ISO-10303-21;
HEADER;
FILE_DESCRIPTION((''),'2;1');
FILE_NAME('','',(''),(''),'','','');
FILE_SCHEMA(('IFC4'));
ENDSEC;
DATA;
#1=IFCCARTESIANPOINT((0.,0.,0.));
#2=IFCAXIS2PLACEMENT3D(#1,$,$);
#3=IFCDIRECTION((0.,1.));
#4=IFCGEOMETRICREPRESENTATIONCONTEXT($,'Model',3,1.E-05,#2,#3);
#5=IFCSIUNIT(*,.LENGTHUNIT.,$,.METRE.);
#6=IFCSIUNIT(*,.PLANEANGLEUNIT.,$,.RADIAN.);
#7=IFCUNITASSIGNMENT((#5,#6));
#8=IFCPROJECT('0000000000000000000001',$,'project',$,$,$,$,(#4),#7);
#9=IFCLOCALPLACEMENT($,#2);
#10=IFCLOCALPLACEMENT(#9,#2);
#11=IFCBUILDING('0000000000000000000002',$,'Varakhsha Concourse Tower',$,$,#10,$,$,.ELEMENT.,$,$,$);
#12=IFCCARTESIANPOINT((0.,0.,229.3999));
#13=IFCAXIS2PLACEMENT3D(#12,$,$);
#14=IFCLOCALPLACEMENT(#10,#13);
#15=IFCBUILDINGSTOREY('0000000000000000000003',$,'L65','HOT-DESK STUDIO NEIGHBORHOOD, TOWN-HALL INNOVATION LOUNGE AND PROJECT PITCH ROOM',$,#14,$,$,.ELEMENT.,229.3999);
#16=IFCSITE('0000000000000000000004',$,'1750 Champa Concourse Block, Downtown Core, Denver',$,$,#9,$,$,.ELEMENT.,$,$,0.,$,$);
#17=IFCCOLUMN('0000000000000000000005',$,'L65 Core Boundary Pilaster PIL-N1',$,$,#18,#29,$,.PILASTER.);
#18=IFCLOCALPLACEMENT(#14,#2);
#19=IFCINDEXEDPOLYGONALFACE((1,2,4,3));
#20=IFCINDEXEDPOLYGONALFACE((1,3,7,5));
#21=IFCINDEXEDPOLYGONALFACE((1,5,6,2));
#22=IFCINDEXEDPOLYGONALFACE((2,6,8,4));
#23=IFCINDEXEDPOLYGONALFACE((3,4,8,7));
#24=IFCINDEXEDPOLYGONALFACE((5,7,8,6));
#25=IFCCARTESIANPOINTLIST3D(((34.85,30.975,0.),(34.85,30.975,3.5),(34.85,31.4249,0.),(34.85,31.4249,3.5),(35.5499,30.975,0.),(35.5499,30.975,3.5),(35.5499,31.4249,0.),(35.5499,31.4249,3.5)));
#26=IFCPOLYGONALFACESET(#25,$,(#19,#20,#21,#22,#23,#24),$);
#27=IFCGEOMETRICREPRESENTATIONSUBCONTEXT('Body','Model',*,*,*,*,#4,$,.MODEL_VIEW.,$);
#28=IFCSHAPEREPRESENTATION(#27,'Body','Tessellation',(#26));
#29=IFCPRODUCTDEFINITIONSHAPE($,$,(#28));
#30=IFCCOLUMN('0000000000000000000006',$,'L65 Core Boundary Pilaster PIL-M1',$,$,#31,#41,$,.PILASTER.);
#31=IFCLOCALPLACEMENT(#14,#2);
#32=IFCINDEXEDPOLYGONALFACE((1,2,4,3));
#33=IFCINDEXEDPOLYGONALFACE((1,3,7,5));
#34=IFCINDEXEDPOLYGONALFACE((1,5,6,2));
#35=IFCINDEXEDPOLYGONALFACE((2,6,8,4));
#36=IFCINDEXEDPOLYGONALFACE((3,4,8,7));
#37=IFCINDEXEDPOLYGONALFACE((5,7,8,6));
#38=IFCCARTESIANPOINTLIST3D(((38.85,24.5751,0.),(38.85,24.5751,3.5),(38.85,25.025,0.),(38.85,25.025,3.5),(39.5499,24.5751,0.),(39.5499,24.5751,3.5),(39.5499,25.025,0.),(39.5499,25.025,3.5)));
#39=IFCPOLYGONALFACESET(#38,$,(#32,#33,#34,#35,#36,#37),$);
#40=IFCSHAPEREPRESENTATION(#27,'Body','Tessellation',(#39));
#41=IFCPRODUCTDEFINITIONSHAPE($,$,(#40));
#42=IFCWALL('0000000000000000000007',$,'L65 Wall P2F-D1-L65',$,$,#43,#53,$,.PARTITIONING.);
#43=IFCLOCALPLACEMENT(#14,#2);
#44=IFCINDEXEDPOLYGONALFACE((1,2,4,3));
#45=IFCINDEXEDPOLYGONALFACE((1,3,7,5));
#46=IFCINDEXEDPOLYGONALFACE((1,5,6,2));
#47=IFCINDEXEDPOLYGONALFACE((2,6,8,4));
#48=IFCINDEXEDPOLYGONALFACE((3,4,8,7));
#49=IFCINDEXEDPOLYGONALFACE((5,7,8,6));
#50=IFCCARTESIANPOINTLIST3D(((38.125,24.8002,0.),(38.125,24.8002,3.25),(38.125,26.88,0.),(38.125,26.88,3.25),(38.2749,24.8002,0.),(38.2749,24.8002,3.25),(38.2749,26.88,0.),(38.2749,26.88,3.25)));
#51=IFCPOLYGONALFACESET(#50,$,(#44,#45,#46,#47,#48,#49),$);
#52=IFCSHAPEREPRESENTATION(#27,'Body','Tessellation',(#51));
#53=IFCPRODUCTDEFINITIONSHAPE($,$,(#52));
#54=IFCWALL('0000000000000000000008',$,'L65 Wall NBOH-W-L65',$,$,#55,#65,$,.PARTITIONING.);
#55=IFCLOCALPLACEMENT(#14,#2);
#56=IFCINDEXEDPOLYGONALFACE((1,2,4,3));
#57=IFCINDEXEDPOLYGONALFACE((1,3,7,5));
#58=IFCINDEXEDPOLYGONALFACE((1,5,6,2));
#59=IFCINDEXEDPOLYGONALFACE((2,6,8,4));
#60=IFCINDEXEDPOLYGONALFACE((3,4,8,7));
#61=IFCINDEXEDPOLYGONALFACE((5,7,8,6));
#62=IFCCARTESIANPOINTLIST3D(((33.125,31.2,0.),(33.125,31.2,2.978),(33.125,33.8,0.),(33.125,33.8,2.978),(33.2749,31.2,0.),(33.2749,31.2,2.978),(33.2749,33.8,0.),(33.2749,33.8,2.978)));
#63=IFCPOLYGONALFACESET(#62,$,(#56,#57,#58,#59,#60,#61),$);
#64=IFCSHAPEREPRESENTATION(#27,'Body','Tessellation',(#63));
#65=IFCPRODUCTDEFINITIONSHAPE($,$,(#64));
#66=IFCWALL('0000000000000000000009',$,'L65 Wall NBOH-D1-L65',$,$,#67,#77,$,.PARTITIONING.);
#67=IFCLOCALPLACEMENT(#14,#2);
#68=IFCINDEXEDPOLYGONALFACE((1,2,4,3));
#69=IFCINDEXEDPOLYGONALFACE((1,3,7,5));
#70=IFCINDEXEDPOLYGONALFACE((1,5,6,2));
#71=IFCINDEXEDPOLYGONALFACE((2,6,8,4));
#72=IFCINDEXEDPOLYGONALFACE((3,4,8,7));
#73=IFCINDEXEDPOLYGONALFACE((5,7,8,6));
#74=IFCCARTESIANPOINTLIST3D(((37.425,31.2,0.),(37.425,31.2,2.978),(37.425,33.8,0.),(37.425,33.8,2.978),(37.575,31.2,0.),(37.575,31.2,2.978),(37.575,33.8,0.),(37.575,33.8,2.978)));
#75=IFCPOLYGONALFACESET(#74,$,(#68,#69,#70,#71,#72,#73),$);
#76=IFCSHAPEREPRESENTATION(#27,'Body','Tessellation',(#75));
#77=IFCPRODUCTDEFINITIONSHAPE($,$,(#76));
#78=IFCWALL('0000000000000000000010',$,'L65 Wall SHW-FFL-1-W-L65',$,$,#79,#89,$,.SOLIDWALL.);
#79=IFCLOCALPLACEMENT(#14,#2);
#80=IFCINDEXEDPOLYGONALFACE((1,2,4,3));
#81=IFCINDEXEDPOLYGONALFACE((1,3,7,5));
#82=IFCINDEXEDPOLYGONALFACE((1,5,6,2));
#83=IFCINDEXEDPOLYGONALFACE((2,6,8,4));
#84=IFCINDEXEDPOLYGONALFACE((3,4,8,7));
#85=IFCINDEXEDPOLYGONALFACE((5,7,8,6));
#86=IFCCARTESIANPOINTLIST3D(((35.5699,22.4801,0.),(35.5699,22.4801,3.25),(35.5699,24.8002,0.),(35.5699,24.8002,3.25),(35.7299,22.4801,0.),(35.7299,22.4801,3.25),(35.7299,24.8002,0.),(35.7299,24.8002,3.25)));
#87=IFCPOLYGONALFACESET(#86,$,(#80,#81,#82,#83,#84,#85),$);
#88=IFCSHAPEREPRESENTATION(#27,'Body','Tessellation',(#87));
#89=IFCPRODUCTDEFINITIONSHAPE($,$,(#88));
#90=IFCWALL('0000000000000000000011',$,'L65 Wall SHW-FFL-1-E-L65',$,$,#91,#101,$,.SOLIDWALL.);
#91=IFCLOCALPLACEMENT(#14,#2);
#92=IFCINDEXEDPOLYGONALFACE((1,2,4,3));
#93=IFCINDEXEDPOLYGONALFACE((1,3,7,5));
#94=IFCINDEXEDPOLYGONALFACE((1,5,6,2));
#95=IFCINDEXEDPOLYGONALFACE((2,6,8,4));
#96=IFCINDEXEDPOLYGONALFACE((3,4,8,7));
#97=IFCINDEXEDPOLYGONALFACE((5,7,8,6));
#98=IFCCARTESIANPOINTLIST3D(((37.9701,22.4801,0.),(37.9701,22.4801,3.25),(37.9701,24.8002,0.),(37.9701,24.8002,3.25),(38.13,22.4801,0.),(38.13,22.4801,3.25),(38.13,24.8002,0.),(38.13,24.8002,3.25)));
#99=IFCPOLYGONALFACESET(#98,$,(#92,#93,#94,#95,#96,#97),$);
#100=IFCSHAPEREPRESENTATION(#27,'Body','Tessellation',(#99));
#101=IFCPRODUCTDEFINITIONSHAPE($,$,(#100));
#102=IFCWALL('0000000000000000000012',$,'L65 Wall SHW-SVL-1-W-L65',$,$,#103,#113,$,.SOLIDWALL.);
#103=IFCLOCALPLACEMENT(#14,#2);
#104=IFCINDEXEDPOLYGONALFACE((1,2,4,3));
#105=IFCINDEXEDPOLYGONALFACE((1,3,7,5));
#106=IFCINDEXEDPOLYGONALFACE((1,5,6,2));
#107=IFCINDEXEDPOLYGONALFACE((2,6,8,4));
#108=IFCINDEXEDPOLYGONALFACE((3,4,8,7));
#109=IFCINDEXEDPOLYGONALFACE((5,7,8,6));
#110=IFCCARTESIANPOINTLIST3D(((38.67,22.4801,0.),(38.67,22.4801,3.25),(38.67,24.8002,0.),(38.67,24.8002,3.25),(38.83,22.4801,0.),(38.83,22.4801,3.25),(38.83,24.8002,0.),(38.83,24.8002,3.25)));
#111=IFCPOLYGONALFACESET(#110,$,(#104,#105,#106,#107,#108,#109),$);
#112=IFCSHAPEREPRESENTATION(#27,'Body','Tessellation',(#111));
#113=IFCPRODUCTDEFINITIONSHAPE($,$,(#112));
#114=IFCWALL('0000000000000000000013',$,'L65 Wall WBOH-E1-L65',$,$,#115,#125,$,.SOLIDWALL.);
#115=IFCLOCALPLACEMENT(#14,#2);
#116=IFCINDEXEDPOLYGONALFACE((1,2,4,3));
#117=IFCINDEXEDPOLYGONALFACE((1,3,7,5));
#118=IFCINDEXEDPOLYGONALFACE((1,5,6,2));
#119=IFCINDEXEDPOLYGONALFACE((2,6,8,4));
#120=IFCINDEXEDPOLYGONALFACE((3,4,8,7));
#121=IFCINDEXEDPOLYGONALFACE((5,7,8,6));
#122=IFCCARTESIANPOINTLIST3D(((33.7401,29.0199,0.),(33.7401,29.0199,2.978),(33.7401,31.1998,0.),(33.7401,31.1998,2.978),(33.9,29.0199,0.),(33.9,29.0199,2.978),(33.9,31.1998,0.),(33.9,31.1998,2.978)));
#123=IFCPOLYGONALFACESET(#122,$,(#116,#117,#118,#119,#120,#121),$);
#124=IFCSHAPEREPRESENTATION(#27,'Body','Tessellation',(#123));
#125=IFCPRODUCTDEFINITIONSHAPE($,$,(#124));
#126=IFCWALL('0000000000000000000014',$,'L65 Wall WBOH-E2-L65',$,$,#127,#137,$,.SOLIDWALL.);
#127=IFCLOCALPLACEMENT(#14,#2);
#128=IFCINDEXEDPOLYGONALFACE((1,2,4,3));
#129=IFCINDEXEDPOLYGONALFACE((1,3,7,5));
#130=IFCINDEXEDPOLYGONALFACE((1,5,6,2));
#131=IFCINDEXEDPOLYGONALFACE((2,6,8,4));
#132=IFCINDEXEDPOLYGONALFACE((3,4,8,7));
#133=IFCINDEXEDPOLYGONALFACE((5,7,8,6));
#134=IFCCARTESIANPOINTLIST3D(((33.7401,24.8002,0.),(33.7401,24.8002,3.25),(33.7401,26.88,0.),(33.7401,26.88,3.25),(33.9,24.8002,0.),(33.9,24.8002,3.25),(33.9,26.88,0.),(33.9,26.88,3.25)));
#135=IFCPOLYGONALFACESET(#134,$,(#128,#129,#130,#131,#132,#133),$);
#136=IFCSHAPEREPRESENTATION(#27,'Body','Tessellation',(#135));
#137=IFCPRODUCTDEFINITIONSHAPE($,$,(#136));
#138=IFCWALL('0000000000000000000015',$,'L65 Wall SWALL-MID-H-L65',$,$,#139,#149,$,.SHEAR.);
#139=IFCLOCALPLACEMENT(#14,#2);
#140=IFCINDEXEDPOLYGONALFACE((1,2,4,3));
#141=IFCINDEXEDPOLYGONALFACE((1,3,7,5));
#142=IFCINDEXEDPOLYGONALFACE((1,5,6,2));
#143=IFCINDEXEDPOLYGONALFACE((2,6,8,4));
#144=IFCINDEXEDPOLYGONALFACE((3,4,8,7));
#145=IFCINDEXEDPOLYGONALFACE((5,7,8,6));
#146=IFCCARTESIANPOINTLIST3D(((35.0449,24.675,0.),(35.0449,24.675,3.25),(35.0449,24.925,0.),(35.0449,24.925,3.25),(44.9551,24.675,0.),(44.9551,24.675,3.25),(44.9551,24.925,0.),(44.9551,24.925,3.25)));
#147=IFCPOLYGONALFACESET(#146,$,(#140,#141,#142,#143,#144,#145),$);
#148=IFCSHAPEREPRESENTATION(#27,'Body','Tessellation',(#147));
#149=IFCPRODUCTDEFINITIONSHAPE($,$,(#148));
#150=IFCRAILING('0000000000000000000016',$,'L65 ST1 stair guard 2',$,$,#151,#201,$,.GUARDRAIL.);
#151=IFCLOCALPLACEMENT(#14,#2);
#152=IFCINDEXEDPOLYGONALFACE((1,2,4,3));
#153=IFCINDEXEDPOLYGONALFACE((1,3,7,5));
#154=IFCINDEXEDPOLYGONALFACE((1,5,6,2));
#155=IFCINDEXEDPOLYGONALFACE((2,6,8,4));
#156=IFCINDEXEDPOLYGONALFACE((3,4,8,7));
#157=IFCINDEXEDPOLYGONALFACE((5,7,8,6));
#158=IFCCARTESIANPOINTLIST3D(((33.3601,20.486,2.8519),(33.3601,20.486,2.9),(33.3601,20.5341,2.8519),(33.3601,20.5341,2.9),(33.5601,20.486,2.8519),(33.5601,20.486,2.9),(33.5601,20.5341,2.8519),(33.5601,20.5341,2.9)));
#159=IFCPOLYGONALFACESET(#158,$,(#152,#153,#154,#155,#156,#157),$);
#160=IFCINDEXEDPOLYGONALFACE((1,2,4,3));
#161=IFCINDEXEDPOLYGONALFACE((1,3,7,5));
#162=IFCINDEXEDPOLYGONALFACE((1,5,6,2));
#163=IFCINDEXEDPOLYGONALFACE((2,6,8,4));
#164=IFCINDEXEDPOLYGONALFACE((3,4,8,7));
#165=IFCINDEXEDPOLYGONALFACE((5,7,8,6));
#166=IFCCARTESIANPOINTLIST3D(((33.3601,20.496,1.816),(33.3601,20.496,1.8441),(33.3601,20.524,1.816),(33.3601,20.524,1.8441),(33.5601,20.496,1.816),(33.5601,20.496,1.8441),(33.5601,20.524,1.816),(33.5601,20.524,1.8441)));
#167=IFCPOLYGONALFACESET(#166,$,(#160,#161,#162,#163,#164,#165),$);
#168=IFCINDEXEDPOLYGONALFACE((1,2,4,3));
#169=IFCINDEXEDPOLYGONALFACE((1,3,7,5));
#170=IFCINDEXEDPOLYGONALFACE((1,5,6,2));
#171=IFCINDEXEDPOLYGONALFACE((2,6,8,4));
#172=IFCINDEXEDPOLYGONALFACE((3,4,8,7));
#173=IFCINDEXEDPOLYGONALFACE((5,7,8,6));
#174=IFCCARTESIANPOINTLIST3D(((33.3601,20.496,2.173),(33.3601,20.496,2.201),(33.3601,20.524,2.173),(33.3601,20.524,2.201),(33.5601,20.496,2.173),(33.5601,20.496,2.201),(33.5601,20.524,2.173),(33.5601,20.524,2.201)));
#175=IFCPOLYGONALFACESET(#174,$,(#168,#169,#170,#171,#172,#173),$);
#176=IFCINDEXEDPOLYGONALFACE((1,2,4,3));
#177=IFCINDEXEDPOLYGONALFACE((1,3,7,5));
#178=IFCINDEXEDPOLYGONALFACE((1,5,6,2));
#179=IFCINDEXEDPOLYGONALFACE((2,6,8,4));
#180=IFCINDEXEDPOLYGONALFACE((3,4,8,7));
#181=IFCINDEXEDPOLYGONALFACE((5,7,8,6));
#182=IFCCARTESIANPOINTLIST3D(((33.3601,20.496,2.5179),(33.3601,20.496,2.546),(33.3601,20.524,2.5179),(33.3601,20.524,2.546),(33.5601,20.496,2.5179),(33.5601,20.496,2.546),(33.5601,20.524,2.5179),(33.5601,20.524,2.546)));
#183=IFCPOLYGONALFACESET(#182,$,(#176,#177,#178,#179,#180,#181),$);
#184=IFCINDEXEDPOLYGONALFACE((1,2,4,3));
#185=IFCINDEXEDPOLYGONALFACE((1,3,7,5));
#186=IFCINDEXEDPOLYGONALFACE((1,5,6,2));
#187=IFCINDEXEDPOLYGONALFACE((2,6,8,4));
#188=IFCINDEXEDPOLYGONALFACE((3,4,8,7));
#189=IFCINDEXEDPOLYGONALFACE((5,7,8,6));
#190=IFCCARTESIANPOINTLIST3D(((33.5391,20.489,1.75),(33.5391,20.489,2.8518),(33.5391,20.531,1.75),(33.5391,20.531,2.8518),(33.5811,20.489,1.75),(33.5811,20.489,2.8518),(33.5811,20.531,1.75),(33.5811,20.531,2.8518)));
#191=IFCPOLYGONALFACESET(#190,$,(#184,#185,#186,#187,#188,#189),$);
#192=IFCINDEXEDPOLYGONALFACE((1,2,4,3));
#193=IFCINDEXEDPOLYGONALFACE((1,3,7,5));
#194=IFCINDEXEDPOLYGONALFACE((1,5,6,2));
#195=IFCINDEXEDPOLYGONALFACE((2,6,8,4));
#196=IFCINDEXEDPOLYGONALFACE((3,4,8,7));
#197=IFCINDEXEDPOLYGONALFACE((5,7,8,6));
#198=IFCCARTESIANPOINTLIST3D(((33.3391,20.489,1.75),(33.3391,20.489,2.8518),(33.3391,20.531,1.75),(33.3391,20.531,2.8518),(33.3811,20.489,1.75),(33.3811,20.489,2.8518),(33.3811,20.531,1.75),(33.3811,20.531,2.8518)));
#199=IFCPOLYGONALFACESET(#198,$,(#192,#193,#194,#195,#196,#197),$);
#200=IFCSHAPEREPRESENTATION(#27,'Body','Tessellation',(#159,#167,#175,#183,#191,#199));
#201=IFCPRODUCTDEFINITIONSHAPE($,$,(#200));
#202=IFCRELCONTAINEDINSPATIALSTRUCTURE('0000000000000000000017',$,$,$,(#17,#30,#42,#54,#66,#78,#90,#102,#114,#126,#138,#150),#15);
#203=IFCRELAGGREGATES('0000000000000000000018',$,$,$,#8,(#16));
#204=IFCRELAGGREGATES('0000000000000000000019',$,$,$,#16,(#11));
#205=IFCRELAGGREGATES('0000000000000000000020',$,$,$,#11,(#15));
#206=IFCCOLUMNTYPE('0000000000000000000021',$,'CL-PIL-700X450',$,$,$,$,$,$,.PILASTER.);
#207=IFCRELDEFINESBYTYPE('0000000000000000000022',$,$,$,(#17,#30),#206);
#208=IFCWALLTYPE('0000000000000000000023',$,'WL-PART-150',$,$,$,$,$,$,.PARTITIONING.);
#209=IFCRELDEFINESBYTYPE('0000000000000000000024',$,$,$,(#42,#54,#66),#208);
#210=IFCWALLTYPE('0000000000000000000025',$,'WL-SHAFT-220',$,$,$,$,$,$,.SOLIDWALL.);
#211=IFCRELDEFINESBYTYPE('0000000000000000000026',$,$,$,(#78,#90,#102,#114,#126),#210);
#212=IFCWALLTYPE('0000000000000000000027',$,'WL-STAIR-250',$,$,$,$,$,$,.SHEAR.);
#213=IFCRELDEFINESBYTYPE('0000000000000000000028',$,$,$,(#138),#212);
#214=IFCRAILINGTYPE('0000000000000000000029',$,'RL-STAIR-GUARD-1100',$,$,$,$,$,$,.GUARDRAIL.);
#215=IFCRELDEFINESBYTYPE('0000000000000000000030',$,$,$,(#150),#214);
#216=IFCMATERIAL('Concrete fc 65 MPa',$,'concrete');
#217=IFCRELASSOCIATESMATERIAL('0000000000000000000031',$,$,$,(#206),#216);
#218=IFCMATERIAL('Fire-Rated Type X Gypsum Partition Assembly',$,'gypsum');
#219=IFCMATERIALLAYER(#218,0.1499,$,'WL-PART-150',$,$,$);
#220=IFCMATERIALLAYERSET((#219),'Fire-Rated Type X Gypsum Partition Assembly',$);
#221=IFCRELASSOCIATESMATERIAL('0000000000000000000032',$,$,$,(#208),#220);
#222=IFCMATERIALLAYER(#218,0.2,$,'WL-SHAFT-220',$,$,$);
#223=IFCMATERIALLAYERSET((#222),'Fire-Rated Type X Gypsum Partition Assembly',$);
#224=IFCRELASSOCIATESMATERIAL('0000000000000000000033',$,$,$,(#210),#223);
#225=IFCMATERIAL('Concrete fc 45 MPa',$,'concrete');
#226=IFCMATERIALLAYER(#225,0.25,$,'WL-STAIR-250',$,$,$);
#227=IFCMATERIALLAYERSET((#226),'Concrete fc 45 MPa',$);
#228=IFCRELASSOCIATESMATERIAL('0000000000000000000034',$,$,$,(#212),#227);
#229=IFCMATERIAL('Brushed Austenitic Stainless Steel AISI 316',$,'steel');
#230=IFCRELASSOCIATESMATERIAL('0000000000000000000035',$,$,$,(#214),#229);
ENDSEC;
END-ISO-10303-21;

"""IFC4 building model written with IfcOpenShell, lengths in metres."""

from ifc_helpers import new_model, si_unit, direction, frame, frame_2d, origin, origin_2d, place, context, subcontext, project, spatial, rectangle, extrude, material, layer, layer_set, material_profile, profile_set, type_object, element, save


model = new_model("IFC4")

# Units and contexts
model_context = context("Model", 3, precision=1e-05, world=origin(), true_north=direction((0.0, 1.0)))
body_context = subcontext(model_context, "Body", "Model", "MODEL_VIEW")
ifc_project = project(units=[si_unit("LENGTHUNIT", "METRE"), si_unit("PLANEANGLEUNIT", "RADIAN")], contexts=[model_context])

# Site, building, storey
site_placement = place(None, origin())
site = spatial("IfcSite", under=ifc_project, at=site_placement, Name="1750 Champa Concourse Block, Downtown Core, Denver", CompositionType="ELEMENT", RefElevation=0.0)
building_placement = place(site_placement, origin())
building = spatial("IfcBuilding", under=site, at=building_placement, Name="Varakhsha Concourse Tower", CompositionType="ELEMENT")
storey_placement = place(building_placement, frame((0.0, 0.0, 229.3999)))
storey = spatial("IfcBuildingStorey", under=building, at=storey_placement, Name="L65", Description="HOT-DESK STUDIO NEIGHBORHOOD, TOWN-HALL INNOVATION LOUNGE AND PROJECT PITCH ROOM", CompositionType="ELEMENT", Elevation=229.3999)

# Columns
ifc_material_1 = material(Name="Concrete fc 65 MPa", Category="concrete")
ifc_material_profile = material_profile(ifc_material_1, rectangle(XDim=0.7, YDim=0.45, at=origin_2d()), Name="RC 700x450")
ifc_profile_set = profile_set([ifc_material_profile], Name="Concrete fc 65 MPa")
column_type = type_object("IfcColumnType", Name="CL-PIL-700X450", PredefinedType="PILASTER", material=ifc_profile_set)
for number, where, z_axis, x_axis, name in (
    (1, (35.2, 31.2, 0.0), (0.0, 0.0, 1.0), (1.0, 0.0, 0.0), "L65 Core Boundary Pilaster PIL-N1"),
    (2, (39.2, 24.8, 0.0), (0.0, 0.0, 1.0), (1.0, 0.0, 0.0), "L65 Core Boundary Pilaster PIL-M1"),
):
    element("IfcColumn", number, at=place(storey_placement, frame(where, z_axis=z_axis, x_axis=x_axis)), inside=storey, type_object=column_type, Name=name, PredefinedType="PILASTER", context=body_context, shape_type="SweptSolid", body=[
        extrude(rectangle(XDim=0.7, YDim=0.45, at=origin_2d()), origin(), (0.0, 0.0, 1.0), 3.5),
    ])

# Walls
ifc_material_2 = material(Name="Fire-Rated Type X Gypsum Partition Assembly", Category="gypsum")
ifc_layer_1 = layer(ifc_material_2, 0.1499, Name="WL-PART-150")
ifc_layer_set_1 = layer_set([ifc_layer_1], Name="Fire-Rated Type X Gypsum Partition Assembly")
wall_type_1 = type_object("IfcWallType", Name="WL-PART-150", PredefinedType="PARTITIONING", material=ifc_layer_set_1)
wall_1_placement = place(storey_placement, frame((38.2, 24.8, 0.0), z_axis=(0.0, 0.0, 1.0), x_axis=(0.0, 1.0, 0.0)))
element("IfcWall", 3, at=wall_1_placement, inside=storey, type_object=wall_type_1, Name="L65 Wall P2F-D1-L65", PredefinedType="PARTITIONING", context=body_context, shape_type="SweptSolid", body=[
    extrude(rectangle(XDim=2.0798, YDim=0.1499, at=frame_2d((1.04, 0.0))), origin(), (0.0, 0.0, 1.0), 3.25),
])
for number, where, z_axis, x_axis, name in (
    (4, (33.2, 31.2, 0.0), (0.0, 0.0, 1.0), (0.0, 1.0, 0.0), "L65 Wall NBOH-W-L65"),
    (5, (37.5, 31.2, 0.0), (0.0, 0.0, 1.0), (0.0, 1.0, 0.0), "L65 Wall NBOH-D1-L65"),
):
    element("IfcWall", number, at=place(storey_placement, frame(where, z_axis=z_axis, x_axis=x_axis)), inside=storey, type_object=wall_type_1, Name=name, PredefinedType="PARTITIONING", context=body_context, shape_type="SweptSolid", body=[
        extrude(rectangle(XDim=2.6001, YDim=0.1499, at=frame_2d((1.3, 0.0))), origin(), (0.0, 0.0, 1.0), 2.978),
    ])

# Shared definitions
ifc_layer_2 = layer(ifc_material_2, 0.2, Name="WL-SHAFT-220")
ifc_layer_set_2 = layer_set([ifc_layer_2], Name="Fire-Rated Type X Gypsum Partition Assembly")
wall_type_2 = type_object("IfcWallType", Name="WL-SHAFT-220", PredefinedType="SOLIDWALL", material=ifc_layer_set_2)
ifc_material_3 = material(Name="Brushed Austenitic Stainless Steel AISI 316", Category="steel")

# Walls
for number, where, z_axis, x_axis, name in (
    (6, (35.6499, 22.48, 0.0), (0.0, 0.0, 1.0), (0.0, 1.0, 0.0), "L65 Wall SHW-FFL-1-W-L65"),
    (7, (38.05, 22.48, 0.0), (0.0, 0.0, 1.0), (0.0, 1.0, 0.0), "L65 Wall SHW-FFL-1-E-L65"),
    (8, (38.75, 22.48, 0.0), (0.0, 0.0, 1.0), (0.0, 1.0, 0.0), "L65 Wall SHW-SVL-1-W-L65"),
):
    element("IfcWall", number, at=place(storey_placement, frame(where, z_axis=z_axis, x_axis=x_axis)), inside=storey, type_object=wall_type_2, Name=name, PredefinedType="SOLIDWALL", context=body_context, shape_type="SweptSolid", body=[
        extrude(rectangle(XDim=2.3201, YDim=0.1599, at=frame_2d((1.1602, 0.0))), origin(), (0.0, 0.0, 1.0), 3.25),
    ])

# Walls
wall_2_placement = place(storey_placement, frame((33.8201, 29.02, 0.0), z_axis=(0.0, 0.0, 1.0), x_axis=(0.0, 1.0, 0.0)))
element("IfcWall", 9, at=wall_2_placement, inside=storey, type_object=wall_type_2, Name="L65 Wall WBOH-E1-L65", PredefinedType="SOLIDWALL", context=body_context, shape_type="SweptSolid", body=[
    extrude(rectangle(XDim=2.1799, YDim=0.1599, at=frame_2d((1.0898, 0.0))), origin(), (0.0, 0.0, 1.0), 2.978),
])
wall_3_placement = place(storey_placement, frame((33.8201, 24.8, 0.0), z_axis=(0.0, 0.0, 1.0), x_axis=(0.0, 1.0, 0.0)))
element("IfcWall", 10, at=wall_3_placement, inside=storey, type_object=wall_type_2, Name="L65 Wall WBOH-E2-L65", PredefinedType="SOLIDWALL", context=body_context, shape_type="SweptSolid", body=[
    extrude(rectangle(XDim=2.0798, YDim=0.1599, at=frame_2d((1.04, 0.0))), origin(), (0.0, 0.0, 1.0), 3.25),
])
ifc_material_4 = material(Name="Concrete fc 45 MPa", Category="concrete")
ifc_layer_3 = layer(ifc_material_4, 0.25, Name="WL-STAIR-250")
ifc_layer_set_3 = layer_set([ifc_layer_3], Name="Concrete fc 45 MPa")
wall_type_3 = type_object("IfcWallType", Name="WL-STAIR-250", PredefinedType="SHEAR", material=ifc_layer_set_3)
wall_4_placement = place(storey_placement, frame((35.0449, 24.8, 0.0), z_axis=(0.0, 0.0, 1.0), x_axis=(1.0, 0.0, 0.0)))
element("IfcWall", 11, at=wall_4_placement, inside=storey, type_object=wall_type_3, Name="L65 Wall SWALL-MID-H-L65", PredefinedType="SHEAR", context=body_context, shape_type="SweptSolid", body=[
    extrude(rectangle(XDim=9.9102, YDim=0.25, at=frame_2d((4.9551, 0.0))), origin(), (0.0, 0.0, 1.0), 3.25),
])

# Railing
railing_type = type_object("IfcRailingType", Name="RL-STAIR-GUARD-1100", PredefinedType="GUARDRAIL", material=ifc_material_3)
railing_1_placement = place(storey_placement, frame((33.5601, 20.51, 1.75)))
element("IfcRailing", 12, at=railing_1_placement, inside=storey, type_object=railing_type, Name="L65 ST1 stair guard 2", PredefinedType="GUARDRAIL", context=body_context, shape_type="SweptSolid", body=[
    extrude(rectangle(XDim=0.0481, YDim=0.0481, at=origin_2d()), frame((0.0, 0.0, 1.126), z_axis=(-1.0, 0.0, 0.0), x_axis=(0.0, -1.0, 0.0)), (0.0, 0.0, 1.0), 0.2),
    extrude(rectangle(XDim=0.0281, YDim=0.0281, at=origin_2d()), frame((0.0, 0.0, 0.0801), z_axis=(-1.0, 0.0, 0.0), x_axis=(0.0, -1.0, 0.0)), (0.0, 0.0, 1.0), 0.2),
    extrude(rectangle(XDim=0.0281, YDim=0.0281, at=origin_2d()), frame((0.0, 0.0, 0.437), z_axis=(-1.0, 0.0, 0.0), x_axis=(0.0, -1.0, 0.0)), (0.0, 0.0, 1.0), 0.2),
    extrude(rectangle(XDim=0.0281, YDim=0.0281, at=origin_2d()), frame((0.0, 0.0, 0.782), z_axis=(-1.0, 0.0, 0.0), x_axis=(0.0, -1.0, 0.0)), (0.0, 0.0, 1.0), 0.2),
    extrude(rectangle(XDim=0.042, YDim=0.042, at=origin_2d()), origin(), (0.0, 0.0, 1.0), 1.1018),
    extrude(rectangle(XDim=0.042, YDim=0.042, at=origin_2d()), frame((-0.2, 0.0, 0.0)), (0.0, 0.0, 1.0), 1.1018),
])

save(model, "model.ifc")
